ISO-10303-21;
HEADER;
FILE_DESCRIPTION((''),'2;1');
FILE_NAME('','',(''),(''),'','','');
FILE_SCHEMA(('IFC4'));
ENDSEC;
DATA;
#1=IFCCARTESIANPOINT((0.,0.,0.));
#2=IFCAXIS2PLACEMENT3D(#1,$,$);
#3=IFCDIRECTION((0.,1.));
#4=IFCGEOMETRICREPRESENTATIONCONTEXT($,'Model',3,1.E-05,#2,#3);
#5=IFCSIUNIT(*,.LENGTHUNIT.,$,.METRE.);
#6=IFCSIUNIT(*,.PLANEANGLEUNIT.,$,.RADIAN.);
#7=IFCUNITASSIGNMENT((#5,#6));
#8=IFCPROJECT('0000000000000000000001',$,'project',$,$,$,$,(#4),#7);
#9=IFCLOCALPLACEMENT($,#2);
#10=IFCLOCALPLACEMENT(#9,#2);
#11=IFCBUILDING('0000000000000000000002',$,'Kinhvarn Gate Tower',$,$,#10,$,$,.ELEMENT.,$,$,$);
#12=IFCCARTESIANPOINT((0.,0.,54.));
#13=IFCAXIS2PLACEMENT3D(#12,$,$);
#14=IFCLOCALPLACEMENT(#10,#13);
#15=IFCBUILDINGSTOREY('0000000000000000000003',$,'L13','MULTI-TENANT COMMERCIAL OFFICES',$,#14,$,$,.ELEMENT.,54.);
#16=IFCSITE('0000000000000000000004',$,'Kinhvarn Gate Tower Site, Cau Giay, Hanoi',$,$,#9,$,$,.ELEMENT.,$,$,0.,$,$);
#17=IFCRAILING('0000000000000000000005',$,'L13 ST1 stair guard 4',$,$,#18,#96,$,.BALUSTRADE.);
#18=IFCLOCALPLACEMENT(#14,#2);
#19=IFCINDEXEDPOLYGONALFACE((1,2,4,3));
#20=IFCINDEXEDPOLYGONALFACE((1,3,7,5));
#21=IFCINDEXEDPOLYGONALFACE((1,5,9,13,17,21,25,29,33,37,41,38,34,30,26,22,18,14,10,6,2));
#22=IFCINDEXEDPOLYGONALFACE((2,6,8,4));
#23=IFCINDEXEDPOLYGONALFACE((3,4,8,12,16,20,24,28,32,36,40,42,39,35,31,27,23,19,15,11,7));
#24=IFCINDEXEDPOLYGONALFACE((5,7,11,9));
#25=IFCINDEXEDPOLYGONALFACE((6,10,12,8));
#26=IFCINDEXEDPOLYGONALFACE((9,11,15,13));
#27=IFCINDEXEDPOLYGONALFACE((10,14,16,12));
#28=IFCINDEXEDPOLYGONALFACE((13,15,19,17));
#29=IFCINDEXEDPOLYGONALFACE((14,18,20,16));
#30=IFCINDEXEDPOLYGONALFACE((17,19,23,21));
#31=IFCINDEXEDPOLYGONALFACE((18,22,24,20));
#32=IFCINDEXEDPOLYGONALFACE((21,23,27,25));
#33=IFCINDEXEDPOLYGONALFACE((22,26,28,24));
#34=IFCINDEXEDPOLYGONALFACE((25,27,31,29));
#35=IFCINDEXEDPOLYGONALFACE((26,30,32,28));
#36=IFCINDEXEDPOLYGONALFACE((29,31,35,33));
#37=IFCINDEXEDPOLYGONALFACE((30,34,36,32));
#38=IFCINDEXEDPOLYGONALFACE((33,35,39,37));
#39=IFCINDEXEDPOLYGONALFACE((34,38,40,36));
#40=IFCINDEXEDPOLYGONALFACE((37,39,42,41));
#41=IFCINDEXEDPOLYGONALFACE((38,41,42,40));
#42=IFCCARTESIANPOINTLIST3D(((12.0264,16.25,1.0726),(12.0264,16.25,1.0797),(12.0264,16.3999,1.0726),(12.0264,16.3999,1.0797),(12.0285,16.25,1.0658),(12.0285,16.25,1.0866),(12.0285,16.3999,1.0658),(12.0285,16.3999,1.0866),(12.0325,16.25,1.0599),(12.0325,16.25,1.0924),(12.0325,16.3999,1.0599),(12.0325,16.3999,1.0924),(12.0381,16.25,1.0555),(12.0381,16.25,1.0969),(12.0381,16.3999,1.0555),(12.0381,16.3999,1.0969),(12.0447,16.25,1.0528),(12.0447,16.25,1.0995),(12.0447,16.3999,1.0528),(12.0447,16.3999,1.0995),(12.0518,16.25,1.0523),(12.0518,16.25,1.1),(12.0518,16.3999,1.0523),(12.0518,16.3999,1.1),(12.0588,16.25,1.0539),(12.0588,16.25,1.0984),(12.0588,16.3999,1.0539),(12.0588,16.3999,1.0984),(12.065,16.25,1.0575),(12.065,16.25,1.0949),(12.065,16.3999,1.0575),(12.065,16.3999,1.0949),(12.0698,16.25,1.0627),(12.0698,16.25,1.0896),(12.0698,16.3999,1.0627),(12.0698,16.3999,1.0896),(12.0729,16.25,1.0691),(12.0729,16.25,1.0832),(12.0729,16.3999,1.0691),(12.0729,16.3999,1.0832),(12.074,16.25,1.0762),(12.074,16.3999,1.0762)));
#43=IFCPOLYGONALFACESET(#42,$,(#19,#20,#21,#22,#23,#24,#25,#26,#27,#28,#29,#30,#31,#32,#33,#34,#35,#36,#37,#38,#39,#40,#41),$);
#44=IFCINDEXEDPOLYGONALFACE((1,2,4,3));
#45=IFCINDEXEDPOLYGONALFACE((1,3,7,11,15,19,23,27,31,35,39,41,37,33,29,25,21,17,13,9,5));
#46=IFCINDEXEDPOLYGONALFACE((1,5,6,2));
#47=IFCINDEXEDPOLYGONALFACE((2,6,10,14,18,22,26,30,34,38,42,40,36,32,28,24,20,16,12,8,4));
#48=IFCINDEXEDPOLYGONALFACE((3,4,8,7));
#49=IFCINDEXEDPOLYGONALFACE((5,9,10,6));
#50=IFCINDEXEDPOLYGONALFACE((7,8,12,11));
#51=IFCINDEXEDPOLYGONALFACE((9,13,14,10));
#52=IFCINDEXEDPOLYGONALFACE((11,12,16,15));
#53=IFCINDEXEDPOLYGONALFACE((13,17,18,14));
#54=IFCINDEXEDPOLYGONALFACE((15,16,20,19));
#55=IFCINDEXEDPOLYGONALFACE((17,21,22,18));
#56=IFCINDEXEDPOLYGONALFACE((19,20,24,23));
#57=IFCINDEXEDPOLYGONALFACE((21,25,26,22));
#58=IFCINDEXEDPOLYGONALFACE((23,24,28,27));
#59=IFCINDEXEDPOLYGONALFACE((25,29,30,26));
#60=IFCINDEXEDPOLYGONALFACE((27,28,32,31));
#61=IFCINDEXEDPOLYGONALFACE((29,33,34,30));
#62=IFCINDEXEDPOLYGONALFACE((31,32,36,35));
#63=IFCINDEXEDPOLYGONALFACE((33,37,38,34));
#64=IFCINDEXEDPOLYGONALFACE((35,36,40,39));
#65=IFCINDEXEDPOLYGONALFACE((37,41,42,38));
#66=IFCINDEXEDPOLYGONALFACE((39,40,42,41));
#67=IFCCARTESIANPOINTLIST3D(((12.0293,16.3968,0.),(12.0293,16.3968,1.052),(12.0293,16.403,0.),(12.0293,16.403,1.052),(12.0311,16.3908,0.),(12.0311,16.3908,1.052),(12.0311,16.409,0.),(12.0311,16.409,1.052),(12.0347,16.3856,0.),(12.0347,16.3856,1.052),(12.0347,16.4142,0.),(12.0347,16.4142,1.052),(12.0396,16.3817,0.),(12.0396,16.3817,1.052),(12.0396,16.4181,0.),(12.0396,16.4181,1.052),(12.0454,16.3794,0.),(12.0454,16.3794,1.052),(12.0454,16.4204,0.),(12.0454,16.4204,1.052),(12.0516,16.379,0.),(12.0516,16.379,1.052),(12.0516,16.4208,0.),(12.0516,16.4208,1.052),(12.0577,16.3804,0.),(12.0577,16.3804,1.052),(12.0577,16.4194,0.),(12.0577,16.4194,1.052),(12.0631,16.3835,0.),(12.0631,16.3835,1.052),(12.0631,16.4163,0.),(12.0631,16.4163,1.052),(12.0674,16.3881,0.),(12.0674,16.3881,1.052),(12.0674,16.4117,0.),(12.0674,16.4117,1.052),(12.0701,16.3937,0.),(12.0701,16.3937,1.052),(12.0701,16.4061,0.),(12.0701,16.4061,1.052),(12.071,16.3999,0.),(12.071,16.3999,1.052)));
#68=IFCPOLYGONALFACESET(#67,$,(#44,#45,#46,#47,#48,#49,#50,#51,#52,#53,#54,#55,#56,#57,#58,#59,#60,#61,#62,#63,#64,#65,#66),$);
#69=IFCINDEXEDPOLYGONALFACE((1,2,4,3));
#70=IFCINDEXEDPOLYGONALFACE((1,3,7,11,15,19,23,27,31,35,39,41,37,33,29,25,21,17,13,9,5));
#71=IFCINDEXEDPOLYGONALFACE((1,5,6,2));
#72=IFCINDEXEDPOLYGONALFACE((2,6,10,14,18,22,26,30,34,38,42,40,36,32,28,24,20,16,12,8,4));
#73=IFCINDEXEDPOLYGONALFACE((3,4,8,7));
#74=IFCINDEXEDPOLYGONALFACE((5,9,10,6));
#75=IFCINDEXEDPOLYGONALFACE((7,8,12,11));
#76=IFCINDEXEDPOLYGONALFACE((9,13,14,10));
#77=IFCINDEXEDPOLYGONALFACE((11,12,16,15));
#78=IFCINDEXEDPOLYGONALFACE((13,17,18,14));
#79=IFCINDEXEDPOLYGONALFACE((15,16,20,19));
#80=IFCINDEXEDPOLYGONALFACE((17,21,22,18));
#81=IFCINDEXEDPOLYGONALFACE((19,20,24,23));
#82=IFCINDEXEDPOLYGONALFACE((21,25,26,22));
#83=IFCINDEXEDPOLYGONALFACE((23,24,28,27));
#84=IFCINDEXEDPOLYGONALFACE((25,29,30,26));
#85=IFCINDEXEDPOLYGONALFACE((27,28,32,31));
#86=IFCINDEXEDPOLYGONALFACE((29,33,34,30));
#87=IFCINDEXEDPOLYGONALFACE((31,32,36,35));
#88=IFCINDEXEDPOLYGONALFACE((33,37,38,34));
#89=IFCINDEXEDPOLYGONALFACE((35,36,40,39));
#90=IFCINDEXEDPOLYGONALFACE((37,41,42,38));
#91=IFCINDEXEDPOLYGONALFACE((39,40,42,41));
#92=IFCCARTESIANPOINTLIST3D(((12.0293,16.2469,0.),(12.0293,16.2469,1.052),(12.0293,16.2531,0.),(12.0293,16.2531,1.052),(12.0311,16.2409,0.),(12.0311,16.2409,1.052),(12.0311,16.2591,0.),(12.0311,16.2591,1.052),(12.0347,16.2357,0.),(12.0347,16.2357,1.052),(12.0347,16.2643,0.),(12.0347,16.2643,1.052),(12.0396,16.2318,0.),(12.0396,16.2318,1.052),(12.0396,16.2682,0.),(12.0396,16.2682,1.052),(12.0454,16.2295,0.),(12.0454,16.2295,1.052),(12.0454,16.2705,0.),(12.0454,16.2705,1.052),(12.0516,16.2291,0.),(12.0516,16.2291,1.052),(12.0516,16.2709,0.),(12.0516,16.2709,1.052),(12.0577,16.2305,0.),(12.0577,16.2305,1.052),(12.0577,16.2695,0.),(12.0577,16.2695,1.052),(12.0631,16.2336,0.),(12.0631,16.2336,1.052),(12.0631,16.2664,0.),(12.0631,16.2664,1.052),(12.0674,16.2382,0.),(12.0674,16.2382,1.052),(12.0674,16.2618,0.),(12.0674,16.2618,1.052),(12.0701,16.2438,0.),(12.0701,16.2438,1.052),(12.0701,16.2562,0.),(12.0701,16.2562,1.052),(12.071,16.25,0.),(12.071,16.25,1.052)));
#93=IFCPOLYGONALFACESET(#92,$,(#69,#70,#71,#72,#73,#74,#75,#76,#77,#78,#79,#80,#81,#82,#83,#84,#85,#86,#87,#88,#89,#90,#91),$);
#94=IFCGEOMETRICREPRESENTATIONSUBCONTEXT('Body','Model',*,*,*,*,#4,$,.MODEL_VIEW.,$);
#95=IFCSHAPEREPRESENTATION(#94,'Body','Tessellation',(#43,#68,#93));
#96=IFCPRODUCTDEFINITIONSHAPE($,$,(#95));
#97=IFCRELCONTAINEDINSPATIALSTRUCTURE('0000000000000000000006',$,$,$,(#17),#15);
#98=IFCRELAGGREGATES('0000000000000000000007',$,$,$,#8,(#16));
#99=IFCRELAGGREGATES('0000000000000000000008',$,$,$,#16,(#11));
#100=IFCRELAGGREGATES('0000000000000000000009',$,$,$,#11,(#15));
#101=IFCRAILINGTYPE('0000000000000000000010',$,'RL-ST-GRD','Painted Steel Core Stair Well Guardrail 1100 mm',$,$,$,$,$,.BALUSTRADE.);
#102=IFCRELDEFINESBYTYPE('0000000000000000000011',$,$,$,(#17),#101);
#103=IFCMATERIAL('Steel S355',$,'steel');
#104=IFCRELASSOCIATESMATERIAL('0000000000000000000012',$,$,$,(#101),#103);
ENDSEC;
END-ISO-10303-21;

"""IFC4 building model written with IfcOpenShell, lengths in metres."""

from ifc_helpers import new_model, si_unit, direction, frame, origin, origin_2d, place, context, subcontext, project, spatial, circle, extrude, material, type_object, element, save


model = new_model("IFC4")

# Units and contexts
model_context = context("Model", 3, precision=1e-05, world=origin(), true_north=direction((0.0, 1.0)))
body_context = subcontext(model_context, "Body", "Model", "MODEL_VIEW")
ifc_project = project(units=[si_unit("LENGTHUNIT", "METRE"), si_unit("PLANEANGLEUNIT", "RADIAN")], contexts=[model_context])

# Site, building, storey
site_placement = place(None, origin())
site = spatial("IfcSite", under=ifc_project, at=site_placement, Name="Kinhvarn Gate Tower Site, Cau Giay, Hanoi", CompositionType="ELEMENT", RefElevation=0.0)
building_placement = place(site_placement, origin())
building = spatial("IfcBuilding", under=site, at=building_placement, Name="Kinhvarn Gate Tower", CompositionType="ELEMENT")
storey_placement = place(building_placement, frame((0.0, 0.0, 54.0)))
storey = spatial("IfcBuildingStorey", under=building, at=storey_placement, Name="L13", Description="MULTI-TENANT COMMERCIAL OFFICES", CompositionType="ELEMENT", Elevation=54.0)

# Shared definitions
ifc_material_1 = material(Name="Steel S355", Category="steel")

# Railing
railing_type_1 = type_object("IfcRailingType", Name="RL-ST-GRD", Description="Painted Steel Core Stair Well Guardrail 1100 mm", PredefinedType="BALUSTRADE", material=ifc_material_1)
railing_1_placement = place(storey_placement, frame((12.05, 16.3999, 0.0)))
element("IfcRailing", 1, at=railing_1_placement, inside=storey, type_object=railing_type_1, Name="L13 ST1 stair guard 4", PredefinedType="BALUSTRADE", context=body_context, shape_type="SweptSolid", body=[
    extrude(circle(Radius=0.0239, at=origin_2d()), frame((0.0, 0.0, 1.0762), z_axis=(0.0, -1.0, 0.0), x_axis=(1.0, 0.0, 0.0)), (0.0, 0.0, 1.0), 0.1499),
    extrude(circle(Radius=0.021, at=origin_2d()), origin(), (0.0, 0.0, 1.0), 1.052),
    extrude(circle(Radius=0.021, at=origin_2d()), frame((0.0, -0.1499, 0.0)), (0.0, 0.0, 1.0), 1.052),
])

save(model, "model.ifc")
